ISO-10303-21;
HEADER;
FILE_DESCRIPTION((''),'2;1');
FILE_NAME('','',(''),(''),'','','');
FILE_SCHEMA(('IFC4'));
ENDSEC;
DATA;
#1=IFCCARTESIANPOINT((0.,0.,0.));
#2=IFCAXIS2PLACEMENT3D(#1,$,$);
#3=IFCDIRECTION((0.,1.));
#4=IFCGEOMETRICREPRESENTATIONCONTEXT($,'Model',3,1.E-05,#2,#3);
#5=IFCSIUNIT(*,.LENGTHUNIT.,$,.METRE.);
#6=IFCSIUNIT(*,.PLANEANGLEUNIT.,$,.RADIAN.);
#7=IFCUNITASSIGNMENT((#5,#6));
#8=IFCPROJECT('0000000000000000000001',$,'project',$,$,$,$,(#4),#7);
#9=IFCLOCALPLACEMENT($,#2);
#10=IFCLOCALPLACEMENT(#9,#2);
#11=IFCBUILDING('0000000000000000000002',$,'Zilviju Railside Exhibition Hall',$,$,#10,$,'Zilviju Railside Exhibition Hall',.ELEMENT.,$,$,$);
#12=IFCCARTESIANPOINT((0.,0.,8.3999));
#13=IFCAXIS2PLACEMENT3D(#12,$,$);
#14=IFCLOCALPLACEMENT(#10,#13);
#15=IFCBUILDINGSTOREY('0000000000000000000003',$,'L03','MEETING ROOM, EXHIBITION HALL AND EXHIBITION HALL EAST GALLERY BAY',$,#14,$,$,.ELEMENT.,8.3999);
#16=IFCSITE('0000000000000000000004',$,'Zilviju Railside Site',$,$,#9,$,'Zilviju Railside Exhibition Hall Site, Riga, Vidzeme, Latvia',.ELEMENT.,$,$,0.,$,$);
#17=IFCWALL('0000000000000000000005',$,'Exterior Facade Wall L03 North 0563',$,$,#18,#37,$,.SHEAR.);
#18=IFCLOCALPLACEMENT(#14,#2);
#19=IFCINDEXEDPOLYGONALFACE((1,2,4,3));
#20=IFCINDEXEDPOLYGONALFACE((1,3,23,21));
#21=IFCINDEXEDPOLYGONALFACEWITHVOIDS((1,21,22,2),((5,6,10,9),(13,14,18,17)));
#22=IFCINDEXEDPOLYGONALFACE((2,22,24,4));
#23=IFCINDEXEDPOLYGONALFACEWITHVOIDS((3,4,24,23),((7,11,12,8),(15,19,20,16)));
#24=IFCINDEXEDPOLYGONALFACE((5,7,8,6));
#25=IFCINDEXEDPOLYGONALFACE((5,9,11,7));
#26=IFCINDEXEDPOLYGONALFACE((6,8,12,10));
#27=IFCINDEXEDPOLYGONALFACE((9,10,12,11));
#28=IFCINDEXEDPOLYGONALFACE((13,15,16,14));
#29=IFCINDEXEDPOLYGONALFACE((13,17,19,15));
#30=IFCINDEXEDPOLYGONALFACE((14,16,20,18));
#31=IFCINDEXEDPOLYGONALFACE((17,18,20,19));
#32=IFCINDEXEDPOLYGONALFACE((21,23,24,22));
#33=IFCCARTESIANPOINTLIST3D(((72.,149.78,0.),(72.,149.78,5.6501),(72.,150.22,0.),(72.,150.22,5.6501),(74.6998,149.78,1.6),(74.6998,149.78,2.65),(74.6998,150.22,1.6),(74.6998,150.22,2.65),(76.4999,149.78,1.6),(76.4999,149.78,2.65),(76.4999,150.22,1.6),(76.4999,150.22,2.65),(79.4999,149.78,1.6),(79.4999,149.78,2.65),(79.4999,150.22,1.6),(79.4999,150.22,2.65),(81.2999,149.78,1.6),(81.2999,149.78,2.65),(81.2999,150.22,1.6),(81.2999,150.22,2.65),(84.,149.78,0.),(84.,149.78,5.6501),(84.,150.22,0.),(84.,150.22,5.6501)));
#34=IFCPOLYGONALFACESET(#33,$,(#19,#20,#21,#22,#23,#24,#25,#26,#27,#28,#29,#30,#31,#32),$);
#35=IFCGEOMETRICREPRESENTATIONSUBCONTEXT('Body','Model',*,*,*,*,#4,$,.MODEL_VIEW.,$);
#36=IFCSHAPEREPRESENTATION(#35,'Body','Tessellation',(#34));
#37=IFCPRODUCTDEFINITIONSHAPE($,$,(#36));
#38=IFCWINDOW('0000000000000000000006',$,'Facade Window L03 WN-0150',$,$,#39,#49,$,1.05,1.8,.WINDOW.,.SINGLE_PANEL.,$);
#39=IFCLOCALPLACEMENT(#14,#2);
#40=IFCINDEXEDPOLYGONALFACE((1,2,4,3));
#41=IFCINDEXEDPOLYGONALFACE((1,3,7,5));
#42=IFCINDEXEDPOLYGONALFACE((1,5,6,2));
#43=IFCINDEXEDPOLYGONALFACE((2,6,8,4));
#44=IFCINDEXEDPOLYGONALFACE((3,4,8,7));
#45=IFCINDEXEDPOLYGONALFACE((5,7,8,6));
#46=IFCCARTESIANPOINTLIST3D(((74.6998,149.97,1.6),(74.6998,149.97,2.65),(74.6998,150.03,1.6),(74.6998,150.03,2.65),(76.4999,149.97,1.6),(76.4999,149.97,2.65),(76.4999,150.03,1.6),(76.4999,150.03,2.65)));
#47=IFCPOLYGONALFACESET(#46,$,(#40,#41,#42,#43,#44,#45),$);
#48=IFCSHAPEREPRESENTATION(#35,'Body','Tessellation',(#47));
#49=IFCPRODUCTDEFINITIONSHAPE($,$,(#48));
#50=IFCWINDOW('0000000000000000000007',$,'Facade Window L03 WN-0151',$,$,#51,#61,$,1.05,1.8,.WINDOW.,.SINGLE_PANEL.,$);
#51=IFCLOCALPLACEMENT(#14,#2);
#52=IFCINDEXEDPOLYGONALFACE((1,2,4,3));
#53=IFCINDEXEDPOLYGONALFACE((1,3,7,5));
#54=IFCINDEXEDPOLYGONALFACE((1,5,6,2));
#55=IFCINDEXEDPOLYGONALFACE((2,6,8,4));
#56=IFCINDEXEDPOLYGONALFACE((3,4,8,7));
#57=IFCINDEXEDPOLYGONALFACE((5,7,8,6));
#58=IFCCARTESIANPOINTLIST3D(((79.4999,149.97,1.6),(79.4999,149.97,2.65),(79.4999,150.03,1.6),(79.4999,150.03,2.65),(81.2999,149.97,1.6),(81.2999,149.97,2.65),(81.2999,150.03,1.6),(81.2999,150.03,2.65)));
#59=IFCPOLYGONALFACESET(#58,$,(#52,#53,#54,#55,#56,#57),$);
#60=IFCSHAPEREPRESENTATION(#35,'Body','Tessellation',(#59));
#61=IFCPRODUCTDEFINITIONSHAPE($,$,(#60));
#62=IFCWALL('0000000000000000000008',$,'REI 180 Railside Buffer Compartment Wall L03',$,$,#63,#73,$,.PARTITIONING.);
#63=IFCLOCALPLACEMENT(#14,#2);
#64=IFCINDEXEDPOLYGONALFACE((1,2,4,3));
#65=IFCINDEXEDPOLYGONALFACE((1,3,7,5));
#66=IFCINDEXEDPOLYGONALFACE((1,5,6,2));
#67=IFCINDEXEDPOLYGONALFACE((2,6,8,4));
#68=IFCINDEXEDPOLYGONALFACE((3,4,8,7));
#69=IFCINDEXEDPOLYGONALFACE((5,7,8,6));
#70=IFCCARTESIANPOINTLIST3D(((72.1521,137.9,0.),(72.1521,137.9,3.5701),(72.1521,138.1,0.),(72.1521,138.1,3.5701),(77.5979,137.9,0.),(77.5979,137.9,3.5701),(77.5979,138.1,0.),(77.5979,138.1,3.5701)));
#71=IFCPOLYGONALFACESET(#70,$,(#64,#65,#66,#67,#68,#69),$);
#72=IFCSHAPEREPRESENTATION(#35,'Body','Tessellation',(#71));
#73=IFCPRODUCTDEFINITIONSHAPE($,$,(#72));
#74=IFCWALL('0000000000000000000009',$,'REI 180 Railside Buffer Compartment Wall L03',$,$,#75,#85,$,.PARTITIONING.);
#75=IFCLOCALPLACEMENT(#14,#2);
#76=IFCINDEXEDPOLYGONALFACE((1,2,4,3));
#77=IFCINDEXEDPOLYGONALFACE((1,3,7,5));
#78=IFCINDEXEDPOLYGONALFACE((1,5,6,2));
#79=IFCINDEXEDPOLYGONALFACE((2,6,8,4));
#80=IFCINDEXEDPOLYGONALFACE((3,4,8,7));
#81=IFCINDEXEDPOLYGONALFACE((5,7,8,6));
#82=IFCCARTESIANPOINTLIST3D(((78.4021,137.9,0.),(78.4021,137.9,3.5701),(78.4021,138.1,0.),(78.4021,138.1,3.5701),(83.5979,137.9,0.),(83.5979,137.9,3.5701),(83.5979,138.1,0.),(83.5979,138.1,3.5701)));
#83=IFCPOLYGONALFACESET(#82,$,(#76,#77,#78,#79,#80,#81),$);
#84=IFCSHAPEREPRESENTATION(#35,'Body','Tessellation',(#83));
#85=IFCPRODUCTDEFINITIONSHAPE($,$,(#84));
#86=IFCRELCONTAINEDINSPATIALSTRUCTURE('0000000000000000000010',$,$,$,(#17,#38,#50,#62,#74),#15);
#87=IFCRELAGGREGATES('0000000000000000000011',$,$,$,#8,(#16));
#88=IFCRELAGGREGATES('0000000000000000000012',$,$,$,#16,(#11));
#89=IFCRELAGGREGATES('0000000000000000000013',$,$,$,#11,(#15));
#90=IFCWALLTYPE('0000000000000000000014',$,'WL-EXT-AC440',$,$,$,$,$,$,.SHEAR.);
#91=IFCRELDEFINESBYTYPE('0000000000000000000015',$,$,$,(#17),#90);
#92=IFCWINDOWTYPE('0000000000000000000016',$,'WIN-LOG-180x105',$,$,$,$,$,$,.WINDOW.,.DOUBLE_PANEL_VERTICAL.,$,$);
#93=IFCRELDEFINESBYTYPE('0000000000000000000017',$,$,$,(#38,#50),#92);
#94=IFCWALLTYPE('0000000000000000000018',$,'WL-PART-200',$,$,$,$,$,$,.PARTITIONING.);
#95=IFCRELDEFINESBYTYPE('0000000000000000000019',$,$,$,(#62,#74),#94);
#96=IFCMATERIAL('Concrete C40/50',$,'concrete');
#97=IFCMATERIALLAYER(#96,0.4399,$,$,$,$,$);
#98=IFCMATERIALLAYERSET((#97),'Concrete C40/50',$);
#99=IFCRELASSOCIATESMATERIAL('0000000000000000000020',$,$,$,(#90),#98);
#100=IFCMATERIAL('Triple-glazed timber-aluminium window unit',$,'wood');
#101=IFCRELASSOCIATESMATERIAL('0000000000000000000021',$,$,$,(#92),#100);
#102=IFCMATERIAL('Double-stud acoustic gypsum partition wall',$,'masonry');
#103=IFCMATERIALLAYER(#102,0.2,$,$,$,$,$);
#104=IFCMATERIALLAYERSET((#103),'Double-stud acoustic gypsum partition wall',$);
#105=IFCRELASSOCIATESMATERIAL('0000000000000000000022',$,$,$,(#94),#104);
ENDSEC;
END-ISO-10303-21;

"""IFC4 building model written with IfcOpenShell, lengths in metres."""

from ifc_helpers import new_model, si_unit, direction, frame, frame_2d, origin, place, context, subcontext, project, spatial, rectangle, extrude, material, layer, layer_set, type_object, element, fill, save


model = new_model("IFC4")

# Units and contexts
model_context = context("Model", 3, precision=1e-05, world=origin(), true_north=direction((0.0, 1.0)))
body_context = subcontext(model_context, "Body", "Model", "MODEL_VIEW")
ifc_project = project(units=[si_unit("LENGTHUNIT", "METRE"), si_unit("PLANEANGLEUNIT", "RADIAN")], contexts=[model_context])

# Site, building, storey
site_placement = place(None, origin())
site = spatial("IfcSite", under=ifc_project, at=site_placement, Name="Zilviju Railside Site", LongName="Zilviju Railside Exhibition Hall Site, Riga, Vidzeme, Latvia", CompositionType="ELEMENT", RefElevation=0.0)
building_placement = place(site_placement, origin())
building = spatial("IfcBuilding", under=site, at=building_placement, Name="Zilviju Railside Exhibition Hall", LongName="Zilviju Railside Exhibition Hall", CompositionType="ELEMENT")
storey_placement = place(building_placement, frame((0.0, 0.0, 8.3999)))
storey = spatial("IfcBuildingStorey", under=building, at=storey_placement, Name="L03", Description="MEETING ROOM, EXHIBITION HALL AND EXHIBITION HALL EAST GALLERY BAY", CompositionType="ELEMENT", Elevation=8.3999)

# Shared definitions
ifc_material_1 = material(Name="Concrete C40/50", Category="concrete")

# Wall, openings, windows
ifc_layer_1 = layer(ifc_material_1, 0.4399)
ifc_layer_set_1 = layer_set([ifc_layer_1], Name="Concrete C40/50")
wall_type_1 = type_object("IfcWallType", Name="WL-EXT-AC440", PredefinedType="SHEAR", material=ifc_layer_set_1)
wall_1_placement = place(storey_placement, frame((72.0, 150.0, 0.0), z_axis=(0.0, 0.0, 1.0), x_axis=(1.0, 0.0, 0.0)))
wall_1 = element("IfcWall", 1, at=wall_1_placement, inside=storey, type_object=wall_type_1, Name="Exterior Facade Wall L03 North 0563", PredefinedType="SHEAR", context=body_context, shape_type="SweptSolid", body=[
    extrude(rectangle(XDim=12.0, YDim=0.4399, at=frame_2d((6.0, 0.0))), origin(), (0.0, 0.0, 1.0), 5.6501),
])
opening_1_placement = place(wall_1_placement, frame((2.7, 0.0, 1.6001)))
opening_1 = element("IfcOpeningElement", 2, at=opening_1_placement, cuts=wall_1, PredefinedType="OPENING", context=body_context, shape_type="SweptSolid", body=[
    extrude(rectangle(XDim=1.8, YDim=1.05, at=frame_2d((0.8999, 0.5249))), frame((0.0, 0.23, 0.0), z_axis=(0.0, -1.0, 0.0), x_axis=(1.0, 0.0, 0.0)), (0.0, 0.0, 1.0), 0.46),
])
opening_2_placement = place(wall_1_placement, frame((7.5, 0.0, 1.6001)))
opening_2 = element("IfcOpeningElement", 3, at=opening_2_placement, cuts=wall_1, PredefinedType="OPENING", context=body_context, shape_type="SweptSolid", body=[
    extrude(rectangle(XDim=1.8, YDim=1.05, at=frame_2d((0.8999, 0.5249))), frame((0.0, 0.23, 0.0), z_axis=(0.0, -1.0, 0.0), x_axis=(1.0, 0.0, 0.0)), (0.0, 0.0, 1.0), 0.46),
])
ifc_material_2 = material(Name="Triple-glazed timber-aluminium window unit", Category="wood")
window_type = type_object("IfcWindowType", Name="WIN-LOG-180x105", PartitioningType="DOUBLE_PANEL_VERTICAL", PredefinedType="WINDOW", material=ifc_material_2)
window_1_placement = place(opening_1_placement, origin())
window_1 = element("IfcWindow", 4, at=window_1_placement, inside=storey, type_object=window_type, Name="Facade Window L03 WN-0150", OverallHeight=1.05, OverallWidth=1.8, PartitioningType="SINGLE_PANEL", PredefinedType="WINDOW", context=body_context, shape_type="SweptSolid", body=[
    extrude(rectangle(XDim=1.8, YDim=1.05, at=frame_2d((0.8999, 0.5249))), frame((0.0, 0.03, 0.0), z_axis=(0.0, -1.0, 0.0), x_axis=(1.0, 0.0, 0.0)), (0.0, 0.0, 1.0), 0.0601),
])
fill(opening_1, window_1)
window_2_placement = place(opening_2_placement, origin())
window_2 = element("IfcWindow", 5, at=window_2_placement, inside=storey, type_object=window_type, Name="Facade Window L03 WN-0151", OverallHeight=1.05, OverallWidth=1.8, PartitioningType="SINGLE_PANEL", PredefinedType="WINDOW", context=body_context, shape_type="SweptSolid", body=[
    extrude(rectangle(XDim=1.8, YDim=1.05, at=frame_2d((0.8999, 0.5249))), frame((0.0, 0.03, 0.0), z_axis=(0.0, -1.0, 0.0), x_axis=(1.0, 0.0, 0.0)), (0.0, 0.0, 1.0), 0.0601),
])
fill(opening_2, window_2)

# Walls
ifc_material_3 = material(Name="Double-stud acoustic gypsum partition wall", Category="masonry")
ifc_layer_2 = layer(ifc_material_3, 0.2)
ifc_layer_set_2 = layer_set([ifc_layer_2], Name="Double-stud acoustic gypsum partition wall")
wall_type_2 = type_object("IfcWallType", Name="WL-PART-200", PredefinedType="PARTITIONING", material=ifc_layer_set_2)
wall_2_placement = place(storey_placement, frame((72.1521, 138.0, 0.0), z_axis=(0.0, 0.0, 1.0), x_axis=(1.0, 0.0, 0.0)))
element("IfcWall", 6, at=wall_2_placement, inside=storey, type_object=wall_type_2, Name="REI 180 Railside Buffer Compartment Wall L03", PredefinedType="PARTITIONING", context=body_context, shape_type="SweptSolid", body=[
    extrude(rectangle(XDim=5.4458, YDim=0.2, at=frame_2d((2.7229, 0.0))), origin(), (0.0, 0.0, 1.0), 3.5701),
])
wall_3_placement = place(storey_placement, frame((78.4021, 138.0, 0.0), z_axis=(0.0, 0.0, 1.0), x_axis=(1.0, 0.0, 0.0)))
element("IfcWall", 7, at=wall_3_placement, inside=storey, type_object=wall_type_2, Name="REI 180 Railside Buffer Compartment Wall L03", PredefinedType="PARTITIONING", context=body_context, shape_type="SweptSolid", body=[
    extrude(rectangle(XDim=5.1958, YDim=0.2, at=frame_2d((2.5979, 0.0))), origin(), (0.0, 0.0, 1.0), 3.5701),
])

save(model, "model.ifc")
